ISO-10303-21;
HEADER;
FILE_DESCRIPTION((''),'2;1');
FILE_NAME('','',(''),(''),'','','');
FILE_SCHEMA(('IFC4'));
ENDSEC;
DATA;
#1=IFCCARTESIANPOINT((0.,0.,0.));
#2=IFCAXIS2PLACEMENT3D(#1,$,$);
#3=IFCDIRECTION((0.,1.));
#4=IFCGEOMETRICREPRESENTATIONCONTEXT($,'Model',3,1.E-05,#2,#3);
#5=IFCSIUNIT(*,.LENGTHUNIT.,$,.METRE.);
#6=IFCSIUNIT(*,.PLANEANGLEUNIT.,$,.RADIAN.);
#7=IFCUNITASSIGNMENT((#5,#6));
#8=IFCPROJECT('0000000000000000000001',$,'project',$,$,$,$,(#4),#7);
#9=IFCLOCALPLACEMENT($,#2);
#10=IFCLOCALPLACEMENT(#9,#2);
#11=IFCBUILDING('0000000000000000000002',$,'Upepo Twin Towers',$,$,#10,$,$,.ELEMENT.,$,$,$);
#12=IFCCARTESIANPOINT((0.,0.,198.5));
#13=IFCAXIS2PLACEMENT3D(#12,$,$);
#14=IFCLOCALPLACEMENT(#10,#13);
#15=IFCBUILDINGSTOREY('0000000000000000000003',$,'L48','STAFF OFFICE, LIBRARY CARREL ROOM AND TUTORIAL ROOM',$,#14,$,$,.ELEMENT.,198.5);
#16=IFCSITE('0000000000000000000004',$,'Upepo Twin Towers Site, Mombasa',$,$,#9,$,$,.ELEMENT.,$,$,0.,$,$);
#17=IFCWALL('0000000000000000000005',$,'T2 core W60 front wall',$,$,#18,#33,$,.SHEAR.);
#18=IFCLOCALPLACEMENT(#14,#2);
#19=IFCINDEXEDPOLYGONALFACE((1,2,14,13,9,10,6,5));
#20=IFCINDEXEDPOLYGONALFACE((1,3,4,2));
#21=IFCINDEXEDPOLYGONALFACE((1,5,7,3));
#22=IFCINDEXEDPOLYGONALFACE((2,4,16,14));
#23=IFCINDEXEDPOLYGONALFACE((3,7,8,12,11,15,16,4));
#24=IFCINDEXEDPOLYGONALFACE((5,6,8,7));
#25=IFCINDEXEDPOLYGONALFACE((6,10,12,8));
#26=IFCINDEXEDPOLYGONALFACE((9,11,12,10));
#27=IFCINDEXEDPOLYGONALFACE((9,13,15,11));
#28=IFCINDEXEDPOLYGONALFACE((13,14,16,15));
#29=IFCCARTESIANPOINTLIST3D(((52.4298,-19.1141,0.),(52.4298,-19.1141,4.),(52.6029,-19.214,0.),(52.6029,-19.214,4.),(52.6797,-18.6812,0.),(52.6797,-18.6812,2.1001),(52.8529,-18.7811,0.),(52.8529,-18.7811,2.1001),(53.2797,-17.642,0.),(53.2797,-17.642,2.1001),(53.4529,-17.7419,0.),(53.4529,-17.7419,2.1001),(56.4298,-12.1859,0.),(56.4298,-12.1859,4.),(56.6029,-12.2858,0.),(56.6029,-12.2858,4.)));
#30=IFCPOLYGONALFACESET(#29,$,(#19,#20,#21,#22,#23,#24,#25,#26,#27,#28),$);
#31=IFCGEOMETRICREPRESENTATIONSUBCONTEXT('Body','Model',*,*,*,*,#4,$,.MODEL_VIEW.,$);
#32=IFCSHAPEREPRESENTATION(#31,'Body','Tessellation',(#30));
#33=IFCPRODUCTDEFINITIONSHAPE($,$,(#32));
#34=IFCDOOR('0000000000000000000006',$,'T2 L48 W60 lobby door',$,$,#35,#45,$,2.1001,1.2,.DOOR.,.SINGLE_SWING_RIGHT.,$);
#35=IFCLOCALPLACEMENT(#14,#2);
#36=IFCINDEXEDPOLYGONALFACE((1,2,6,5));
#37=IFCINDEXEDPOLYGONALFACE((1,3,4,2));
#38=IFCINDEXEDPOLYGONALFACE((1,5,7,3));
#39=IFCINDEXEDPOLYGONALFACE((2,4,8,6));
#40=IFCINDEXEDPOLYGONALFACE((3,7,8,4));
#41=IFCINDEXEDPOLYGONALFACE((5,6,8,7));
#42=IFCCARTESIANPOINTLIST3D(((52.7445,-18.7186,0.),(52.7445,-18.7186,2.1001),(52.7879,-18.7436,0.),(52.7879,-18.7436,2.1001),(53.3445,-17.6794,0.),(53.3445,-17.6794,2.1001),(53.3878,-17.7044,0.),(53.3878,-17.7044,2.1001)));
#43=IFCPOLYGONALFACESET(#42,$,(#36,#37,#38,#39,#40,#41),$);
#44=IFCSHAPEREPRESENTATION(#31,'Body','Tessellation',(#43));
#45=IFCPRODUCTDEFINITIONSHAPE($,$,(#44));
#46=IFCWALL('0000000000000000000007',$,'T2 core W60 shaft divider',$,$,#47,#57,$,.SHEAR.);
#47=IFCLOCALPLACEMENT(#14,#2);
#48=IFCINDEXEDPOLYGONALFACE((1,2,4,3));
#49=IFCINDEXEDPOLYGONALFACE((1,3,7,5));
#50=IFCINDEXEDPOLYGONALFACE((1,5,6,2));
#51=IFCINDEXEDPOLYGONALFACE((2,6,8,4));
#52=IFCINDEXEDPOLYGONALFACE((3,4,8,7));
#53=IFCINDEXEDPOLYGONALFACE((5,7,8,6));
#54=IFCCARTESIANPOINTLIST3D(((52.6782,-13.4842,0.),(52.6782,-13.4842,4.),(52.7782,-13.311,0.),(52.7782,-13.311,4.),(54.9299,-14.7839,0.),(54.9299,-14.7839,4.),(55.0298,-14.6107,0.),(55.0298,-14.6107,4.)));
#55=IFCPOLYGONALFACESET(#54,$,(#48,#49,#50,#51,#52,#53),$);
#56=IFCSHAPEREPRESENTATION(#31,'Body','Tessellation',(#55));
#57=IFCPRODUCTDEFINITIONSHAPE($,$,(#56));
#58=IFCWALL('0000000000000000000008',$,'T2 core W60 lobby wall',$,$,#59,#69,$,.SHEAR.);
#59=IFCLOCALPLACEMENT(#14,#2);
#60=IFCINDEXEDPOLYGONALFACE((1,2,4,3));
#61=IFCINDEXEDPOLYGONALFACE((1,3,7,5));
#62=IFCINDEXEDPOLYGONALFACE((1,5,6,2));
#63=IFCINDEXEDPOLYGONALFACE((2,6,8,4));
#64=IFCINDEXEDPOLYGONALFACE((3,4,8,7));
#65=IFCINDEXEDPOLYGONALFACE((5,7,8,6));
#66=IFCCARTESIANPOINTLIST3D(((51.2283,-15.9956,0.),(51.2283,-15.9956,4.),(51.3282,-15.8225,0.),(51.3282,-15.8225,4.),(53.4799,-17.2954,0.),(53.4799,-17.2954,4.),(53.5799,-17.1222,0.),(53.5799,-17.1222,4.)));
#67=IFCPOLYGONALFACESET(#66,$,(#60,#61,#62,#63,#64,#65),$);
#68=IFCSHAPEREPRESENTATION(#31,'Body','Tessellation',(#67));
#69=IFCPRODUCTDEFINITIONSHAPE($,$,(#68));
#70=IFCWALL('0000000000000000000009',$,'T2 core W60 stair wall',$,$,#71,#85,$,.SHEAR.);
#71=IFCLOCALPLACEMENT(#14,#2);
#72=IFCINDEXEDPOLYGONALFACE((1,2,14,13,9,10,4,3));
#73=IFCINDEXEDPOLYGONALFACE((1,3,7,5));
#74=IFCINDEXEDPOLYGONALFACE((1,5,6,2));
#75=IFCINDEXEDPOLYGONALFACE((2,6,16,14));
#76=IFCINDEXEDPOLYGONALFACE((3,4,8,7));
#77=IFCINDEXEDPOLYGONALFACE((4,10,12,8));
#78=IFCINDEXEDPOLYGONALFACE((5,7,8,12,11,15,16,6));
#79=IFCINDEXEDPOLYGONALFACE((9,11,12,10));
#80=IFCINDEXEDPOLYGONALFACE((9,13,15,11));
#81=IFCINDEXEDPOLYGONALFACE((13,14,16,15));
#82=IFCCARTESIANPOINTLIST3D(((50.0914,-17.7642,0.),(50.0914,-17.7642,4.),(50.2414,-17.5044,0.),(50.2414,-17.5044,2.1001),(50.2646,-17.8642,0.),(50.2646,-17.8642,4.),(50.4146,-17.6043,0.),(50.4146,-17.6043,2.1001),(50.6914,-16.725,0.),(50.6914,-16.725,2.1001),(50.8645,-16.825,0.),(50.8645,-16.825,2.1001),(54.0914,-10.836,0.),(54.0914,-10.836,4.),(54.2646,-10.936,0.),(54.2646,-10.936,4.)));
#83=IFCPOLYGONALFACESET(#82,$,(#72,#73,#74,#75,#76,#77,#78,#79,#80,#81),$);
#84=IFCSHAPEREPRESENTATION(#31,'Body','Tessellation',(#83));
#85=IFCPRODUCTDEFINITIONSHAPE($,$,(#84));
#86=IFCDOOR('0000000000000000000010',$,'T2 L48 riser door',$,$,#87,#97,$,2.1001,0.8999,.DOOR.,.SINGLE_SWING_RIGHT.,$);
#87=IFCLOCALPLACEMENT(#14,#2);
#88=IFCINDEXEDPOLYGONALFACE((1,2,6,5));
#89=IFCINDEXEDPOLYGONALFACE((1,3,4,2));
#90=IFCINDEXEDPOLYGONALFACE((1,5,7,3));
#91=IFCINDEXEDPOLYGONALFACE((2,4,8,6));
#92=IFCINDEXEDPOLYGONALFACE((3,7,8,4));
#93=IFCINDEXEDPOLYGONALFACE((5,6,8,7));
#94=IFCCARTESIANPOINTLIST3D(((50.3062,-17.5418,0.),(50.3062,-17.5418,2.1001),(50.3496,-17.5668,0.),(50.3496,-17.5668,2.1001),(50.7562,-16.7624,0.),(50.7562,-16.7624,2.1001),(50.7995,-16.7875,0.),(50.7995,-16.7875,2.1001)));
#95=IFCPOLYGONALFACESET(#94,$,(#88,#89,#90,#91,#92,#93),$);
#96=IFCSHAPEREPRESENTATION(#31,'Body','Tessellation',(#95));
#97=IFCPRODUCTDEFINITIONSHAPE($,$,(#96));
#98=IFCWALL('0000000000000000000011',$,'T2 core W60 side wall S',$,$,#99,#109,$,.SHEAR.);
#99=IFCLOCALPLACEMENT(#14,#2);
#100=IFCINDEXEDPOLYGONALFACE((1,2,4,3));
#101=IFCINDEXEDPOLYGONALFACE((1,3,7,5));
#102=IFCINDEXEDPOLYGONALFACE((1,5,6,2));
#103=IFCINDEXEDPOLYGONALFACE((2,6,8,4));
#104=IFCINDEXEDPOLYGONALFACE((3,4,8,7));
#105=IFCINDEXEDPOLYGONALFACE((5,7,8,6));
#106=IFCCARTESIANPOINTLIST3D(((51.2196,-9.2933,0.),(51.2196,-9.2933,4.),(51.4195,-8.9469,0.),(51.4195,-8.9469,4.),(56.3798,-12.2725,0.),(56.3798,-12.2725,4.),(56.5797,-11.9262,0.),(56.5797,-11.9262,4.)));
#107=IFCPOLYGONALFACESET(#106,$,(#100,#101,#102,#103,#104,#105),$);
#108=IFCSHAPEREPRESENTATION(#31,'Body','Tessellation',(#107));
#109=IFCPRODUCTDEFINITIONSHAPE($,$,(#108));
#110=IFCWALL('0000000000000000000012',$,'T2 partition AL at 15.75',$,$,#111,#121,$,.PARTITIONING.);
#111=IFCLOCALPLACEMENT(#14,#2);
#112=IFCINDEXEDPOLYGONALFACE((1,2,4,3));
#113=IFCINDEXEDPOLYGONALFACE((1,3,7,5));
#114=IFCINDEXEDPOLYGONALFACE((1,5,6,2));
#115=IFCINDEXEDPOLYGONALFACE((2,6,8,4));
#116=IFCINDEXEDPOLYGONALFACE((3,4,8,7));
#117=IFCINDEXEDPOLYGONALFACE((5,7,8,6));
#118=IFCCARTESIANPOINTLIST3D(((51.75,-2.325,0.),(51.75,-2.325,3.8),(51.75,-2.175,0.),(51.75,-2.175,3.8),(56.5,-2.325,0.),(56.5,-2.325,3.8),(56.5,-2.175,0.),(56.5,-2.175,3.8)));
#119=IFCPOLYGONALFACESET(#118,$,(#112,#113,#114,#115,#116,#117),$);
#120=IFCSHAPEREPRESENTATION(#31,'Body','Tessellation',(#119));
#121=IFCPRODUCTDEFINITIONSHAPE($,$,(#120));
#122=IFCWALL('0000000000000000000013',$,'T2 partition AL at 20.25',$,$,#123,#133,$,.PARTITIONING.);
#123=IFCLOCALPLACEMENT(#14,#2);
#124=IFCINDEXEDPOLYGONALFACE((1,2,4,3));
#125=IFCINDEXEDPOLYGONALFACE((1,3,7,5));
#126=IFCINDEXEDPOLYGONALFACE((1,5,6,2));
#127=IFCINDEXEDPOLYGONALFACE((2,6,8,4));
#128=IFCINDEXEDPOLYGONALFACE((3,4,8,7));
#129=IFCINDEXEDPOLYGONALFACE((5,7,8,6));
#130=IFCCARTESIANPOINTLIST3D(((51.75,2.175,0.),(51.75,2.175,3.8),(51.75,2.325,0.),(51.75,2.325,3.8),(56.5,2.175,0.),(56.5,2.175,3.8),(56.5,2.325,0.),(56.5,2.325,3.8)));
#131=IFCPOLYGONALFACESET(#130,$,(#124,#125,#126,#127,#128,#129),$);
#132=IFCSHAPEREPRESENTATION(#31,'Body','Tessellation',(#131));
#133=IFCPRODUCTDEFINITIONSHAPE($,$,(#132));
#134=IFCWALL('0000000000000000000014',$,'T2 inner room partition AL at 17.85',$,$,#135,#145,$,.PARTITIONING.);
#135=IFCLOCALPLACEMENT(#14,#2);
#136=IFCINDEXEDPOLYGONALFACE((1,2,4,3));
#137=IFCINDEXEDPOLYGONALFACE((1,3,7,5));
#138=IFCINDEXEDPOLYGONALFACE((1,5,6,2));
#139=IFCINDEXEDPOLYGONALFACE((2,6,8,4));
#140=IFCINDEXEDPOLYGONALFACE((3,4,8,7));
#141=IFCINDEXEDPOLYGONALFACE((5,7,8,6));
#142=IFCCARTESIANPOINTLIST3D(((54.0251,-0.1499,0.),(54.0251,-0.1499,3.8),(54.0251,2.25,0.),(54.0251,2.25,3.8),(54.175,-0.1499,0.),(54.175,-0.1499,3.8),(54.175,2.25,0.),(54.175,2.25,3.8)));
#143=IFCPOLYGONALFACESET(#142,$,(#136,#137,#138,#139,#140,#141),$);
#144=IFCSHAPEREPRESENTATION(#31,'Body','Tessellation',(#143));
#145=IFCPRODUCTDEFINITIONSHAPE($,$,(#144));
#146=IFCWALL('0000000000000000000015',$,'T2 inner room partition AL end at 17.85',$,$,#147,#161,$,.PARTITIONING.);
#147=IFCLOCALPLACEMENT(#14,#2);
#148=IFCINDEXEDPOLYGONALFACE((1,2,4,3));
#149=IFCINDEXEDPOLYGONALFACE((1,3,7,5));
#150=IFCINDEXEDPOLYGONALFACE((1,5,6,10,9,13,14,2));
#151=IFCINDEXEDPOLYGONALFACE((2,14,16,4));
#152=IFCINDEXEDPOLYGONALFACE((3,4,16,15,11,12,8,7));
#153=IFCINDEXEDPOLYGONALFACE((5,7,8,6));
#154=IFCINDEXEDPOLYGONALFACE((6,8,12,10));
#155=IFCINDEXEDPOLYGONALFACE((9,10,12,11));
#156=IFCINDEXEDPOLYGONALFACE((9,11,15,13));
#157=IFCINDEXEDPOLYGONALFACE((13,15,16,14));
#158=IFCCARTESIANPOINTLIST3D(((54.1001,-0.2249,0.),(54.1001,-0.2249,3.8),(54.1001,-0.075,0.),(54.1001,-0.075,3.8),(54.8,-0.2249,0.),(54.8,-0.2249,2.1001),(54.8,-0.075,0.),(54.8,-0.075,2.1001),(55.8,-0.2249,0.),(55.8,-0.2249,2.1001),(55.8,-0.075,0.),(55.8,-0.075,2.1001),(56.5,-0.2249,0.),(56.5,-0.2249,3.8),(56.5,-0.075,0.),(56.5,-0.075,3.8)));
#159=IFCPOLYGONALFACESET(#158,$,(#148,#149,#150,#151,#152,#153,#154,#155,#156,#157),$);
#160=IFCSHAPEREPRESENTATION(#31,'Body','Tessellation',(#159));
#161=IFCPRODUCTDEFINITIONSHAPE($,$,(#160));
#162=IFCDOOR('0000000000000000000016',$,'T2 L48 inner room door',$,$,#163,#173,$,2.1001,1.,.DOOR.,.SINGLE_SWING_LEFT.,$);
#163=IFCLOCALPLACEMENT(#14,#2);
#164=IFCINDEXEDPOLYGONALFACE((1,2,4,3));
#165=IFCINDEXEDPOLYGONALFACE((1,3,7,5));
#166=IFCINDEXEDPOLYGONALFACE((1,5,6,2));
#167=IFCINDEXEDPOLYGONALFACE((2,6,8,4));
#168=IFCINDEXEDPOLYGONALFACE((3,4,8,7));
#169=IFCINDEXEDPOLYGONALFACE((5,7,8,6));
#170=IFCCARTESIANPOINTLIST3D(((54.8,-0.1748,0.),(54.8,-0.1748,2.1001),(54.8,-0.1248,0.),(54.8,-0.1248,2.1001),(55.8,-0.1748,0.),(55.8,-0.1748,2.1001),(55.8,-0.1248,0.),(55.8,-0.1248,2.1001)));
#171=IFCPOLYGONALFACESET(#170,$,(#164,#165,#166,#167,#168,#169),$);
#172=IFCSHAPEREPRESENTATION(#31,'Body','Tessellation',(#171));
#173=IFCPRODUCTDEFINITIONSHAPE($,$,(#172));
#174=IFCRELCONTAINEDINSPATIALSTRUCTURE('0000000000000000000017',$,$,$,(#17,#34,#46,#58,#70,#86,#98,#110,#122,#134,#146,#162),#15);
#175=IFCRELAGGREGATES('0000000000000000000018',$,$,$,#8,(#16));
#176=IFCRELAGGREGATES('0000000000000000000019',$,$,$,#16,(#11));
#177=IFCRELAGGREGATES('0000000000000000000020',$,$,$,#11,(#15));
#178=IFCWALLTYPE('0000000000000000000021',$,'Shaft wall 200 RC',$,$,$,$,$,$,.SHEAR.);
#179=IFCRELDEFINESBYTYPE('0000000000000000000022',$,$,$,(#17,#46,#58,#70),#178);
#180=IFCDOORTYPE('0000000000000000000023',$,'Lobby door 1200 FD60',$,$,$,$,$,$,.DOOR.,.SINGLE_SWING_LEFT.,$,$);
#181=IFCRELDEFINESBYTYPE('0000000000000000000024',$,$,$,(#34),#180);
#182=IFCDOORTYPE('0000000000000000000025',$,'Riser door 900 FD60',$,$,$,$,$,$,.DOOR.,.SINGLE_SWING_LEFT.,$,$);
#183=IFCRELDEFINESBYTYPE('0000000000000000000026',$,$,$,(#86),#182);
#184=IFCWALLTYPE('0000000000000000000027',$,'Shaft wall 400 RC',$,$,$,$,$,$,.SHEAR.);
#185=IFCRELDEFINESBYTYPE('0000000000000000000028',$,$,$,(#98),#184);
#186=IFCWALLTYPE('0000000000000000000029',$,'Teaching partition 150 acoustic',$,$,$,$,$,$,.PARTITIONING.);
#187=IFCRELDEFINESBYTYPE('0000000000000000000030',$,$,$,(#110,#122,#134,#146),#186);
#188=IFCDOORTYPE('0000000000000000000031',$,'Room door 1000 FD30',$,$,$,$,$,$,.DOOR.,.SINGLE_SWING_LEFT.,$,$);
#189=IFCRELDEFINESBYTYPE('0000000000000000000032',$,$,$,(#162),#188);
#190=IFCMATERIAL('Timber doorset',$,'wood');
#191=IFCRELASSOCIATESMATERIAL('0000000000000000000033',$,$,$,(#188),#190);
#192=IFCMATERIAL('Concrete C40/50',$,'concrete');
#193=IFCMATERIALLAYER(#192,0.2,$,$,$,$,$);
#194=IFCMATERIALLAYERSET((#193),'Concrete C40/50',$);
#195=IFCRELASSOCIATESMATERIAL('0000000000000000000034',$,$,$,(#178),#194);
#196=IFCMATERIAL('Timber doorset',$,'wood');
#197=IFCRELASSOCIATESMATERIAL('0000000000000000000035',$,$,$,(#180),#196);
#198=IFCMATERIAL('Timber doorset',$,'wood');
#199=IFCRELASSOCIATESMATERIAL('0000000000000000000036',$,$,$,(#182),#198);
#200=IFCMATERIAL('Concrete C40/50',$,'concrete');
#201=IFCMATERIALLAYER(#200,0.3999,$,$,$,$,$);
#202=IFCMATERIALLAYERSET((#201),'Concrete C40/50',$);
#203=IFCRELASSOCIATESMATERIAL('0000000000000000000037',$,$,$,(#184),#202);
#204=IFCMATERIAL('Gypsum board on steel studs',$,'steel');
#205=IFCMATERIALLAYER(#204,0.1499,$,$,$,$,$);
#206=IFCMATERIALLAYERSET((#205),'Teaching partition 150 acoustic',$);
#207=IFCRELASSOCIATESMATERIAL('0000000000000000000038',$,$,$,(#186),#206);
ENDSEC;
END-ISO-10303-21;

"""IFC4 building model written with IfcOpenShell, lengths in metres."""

from ifc_helpers import new_model, si_unit, direction, frame, frame_2d, origin, place, context, subcontext, project, spatial, rectangle, extrude, material, layer, layer_set, type_object, element, fill, save


model = new_model("IFC4")

# Units and contexts
model_context = context("Model", 3, precision=1e-05, world=origin(), true_north=direction((0.0, 1.0)))
body_context = subcontext(model_context, "Body", "Model", "MODEL_VIEW")
ifc_project = project(units=[si_unit("LENGTHUNIT", "METRE"), si_unit("PLANEANGLEUNIT", "RADIAN")], contexts=[model_context])

# Site, building, storey
site_placement = place(None, origin())
site = spatial("IfcSite", under=ifc_project, at=site_placement, Name="Upepo Twin Towers Site, Mombasa", CompositionType="ELEMENT", RefElevation=0.0)
building_placement = place(site_placement, origin())
building = spatial("IfcBuilding", under=site, at=building_placement, Name="Upepo Twin Towers", CompositionType="ELEMENT")
storey_placement = place(building_placement, frame((0.0, 0.0, 198.5)))
storey = spatial("IfcBuildingStorey", under=building, at=storey_placement, Name="L48", Description="STAFF OFFICE, LIBRARY CARREL ROOM AND TUTORIAL ROOM", CompositionType="ELEMENT", Elevation=198.5)

# Shared definitions
ifc_material_1 = material(Name="Timber doorset", Category="wood")
door_type_1 = type_object("IfcDoorType", Name="Room door 1000 FD30", OperationType="SINGLE_SWING_LEFT", PredefinedType="DOOR", material=ifc_material_1)

# Wall, opening, door
ifc_material_2 = material(Name="Concrete C40/50", Category="concrete")
ifc_layer_1 = layer(ifc_material_2, 0.2)
ifc_layer_set_1 = layer_set([ifc_layer_1], Name="Concrete C40/50")
wall_type_1 = type_object("IfcWallType", Name="Shaft wall 200 RC", PredefinedType="SHEAR", material=ifc_layer_set_1)
wall_1_placement = place(storey_placement, frame((56.5164, -12.2358, 0.0), z_axis=(0.0, 0.0, 1.0), x_axis=(-0.499999, -0.866026, 0.0)))
wall_1 = element("IfcWall", 1, at=wall_1_placement, inside=storey, type_object=wall_type_1, Name="T2 core W60 front wall", PredefinedType="SHEAR", context=body_context, shape_type="SweptSolid", body=[
    extrude(rectangle(XDim=8.0, YDim=0.2, at=frame_2d((4.0, 0.0))), origin(), (0.0, 0.0, 1.0), 4.0),
])
opening_1_placement = place(wall_1_placement, frame((6.3, 0.0, 0.0)))
opening_1 = element("IfcOpeningElement", 2, at=opening_1_placement, cuts=wall_1, PredefinedType="OPENING", context=body_context, shape_type="SweptSolid", body=[
    extrude(rectangle(XDim=1.2, YDim=2.1001, at=frame_2d((0.6001, 1.05))), frame((0.0, 0.1099, 0.0), z_axis=(0.0, -1.0, 0.0), x_axis=(1.0, 0.0, 0.0)), (0.0, 0.0, 1.0), 0.22),
])
ifc_material_3 = material(Name="Timber doorset", Category="wood")
door_type_2 = type_object("IfcDoorType", Name="Lobby door 1200 FD60", OperationType="SINGLE_SWING_LEFT", PredefinedType="DOOR", material=ifc_material_3)
door_1_placement = place(opening_1_placement, origin())
door_1 = element("IfcDoor", 3, at=door_1_placement, inside=storey, type_object=door_type_2, Name="T2 L48 W60 lobby door", OperationType="SINGLE_SWING_RIGHT", OverallHeight=2.1001, OverallWidth=1.2, PredefinedType="DOOR", context=body_context, shape_type="SweptSolid", body=[
    extrude(rectangle(XDim=1.2, YDim=2.1001, at=frame_2d((0.6001, 1.05))), frame((0.0, 0.0249, 0.0), z_axis=(0.0, -1.0, 0.0), x_axis=(1.0, 0.0, 0.0)), (0.0, 0.0, 1.0), 0.05),
])
fill(opening_1, door_1)

# Walls
for number, where, z_axis, x_axis, name in (
    (4, (54.9797, -14.6973, 0.0), (0.0, 0.0, 1.0), (-0.866062, 0.499937, 0.0), "T2 core W60 shaft divider"),
    (5, (53.5298, -17.2087, 0.0), (0.0, 0.0, 1.0), (-0.866062, 0.499937, 0.0), "T2 core W60 lobby wall"),
):
    element("IfcWall", number, at=place(storey_placement, frame(where, z_axis=z_axis, x_axis=x_axis)), inside=storey, type_object=wall_type_1, Name=name, PredefinedType="SHEAR", context=body_context, shape_type="SweptSolid", body=[
        extrude(rectangle(XDim=2.5999, YDim=0.2, at=frame_2d((1.2998, 0.0))), origin(), (0.0, 0.0, 1.0), 4.0),
    ])

# Wall, opening, door
wall_2_placement = place(storey_placement, frame((54.178, -10.886, 0.0), z_axis=(0.0, 0.0, 1.0), x_axis=(-0.499999, -0.866026, 0.0)))
wall_2 = element("IfcWall", 6, at=wall_2_placement, inside=storey, type_object=wall_type_1, Name="T2 core W60 stair wall", PredefinedType="SHEAR", context=body_context, shape_type="SweptSolid", body=[
    extrude(rectangle(XDim=8.0, YDim=0.2, at=frame_2d((4.0, 0.0))), origin(), (0.0, 0.0, 1.0), 4.0),
])
opening_2_placement = place(wall_2_placement, frame((6.8, 0.0, 0.0)))
opening_2 = element("IfcOpeningElement", 7, at=opening_2_placement, cuts=wall_2, PredefinedType="OPENING", context=body_context, shape_type="SweptSolid", body=[
    extrude(rectangle(XDim=0.8999, YDim=2.1001, at=frame_2d((0.45, 1.05))), frame((0.0, 0.1099, 0.0), z_axis=(0.0, -1.0, 0.0), x_axis=(1.0, 0.0, 0.0)), (0.0, 0.0, 1.0), 0.22),
])
ifc_material_4 = material(Name="Timber doorset", Category="wood")
door_type_3 = type_object("IfcDoorType", Name="Riser door 900 FD60", OperationType="SINGLE_SWING_LEFT", PredefinedType="DOOR", material=ifc_material_4)
door_2_placement = place(opening_2_placement, origin())
door_2 = element("IfcDoor", 8, at=door_2_placement, inside=storey, type_object=door_type_3, Name="T2 L48 riser door", OperationType="SINGLE_SWING_RIGHT", OverallHeight=2.1001, OverallWidth=0.8999, PredefinedType="DOOR", context=body_context, shape_type="SweptSolid", body=[
    extrude(rectangle(XDim=0.8999, YDim=2.1001, at=frame_2d((0.45, 1.05))), frame((0.0, 0.0249, 0.0), z_axis=(0.0, -1.0, 0.0), x_axis=(1.0, 0.0, 0.0)), (0.0, 0.0, 1.0), 0.05),
])
fill(opening_2, door_2)

# Walls
ifc_material_5 = material(Name="Concrete C40/50", Category="concrete")
ifc_layer_2 = layer(ifc_material_5, 0.3999)
ifc_layer_set_2 = layer_set([ifc_layer_2], Name="Concrete C40/50")
wall_type_2 = type_object("IfcWallType", Name="Shaft wall 400 RC", PredefinedType="SHEAR", material=ifc_layer_set_2)
wall_3_placement = place(storey_placement, frame((56.4797, -12.0994, 0.0), z_axis=(0.0, 0.0, 1.0), x_axis=(-0.866023, 0.500004, 0.0)))
element("IfcWall", 9, at=wall_3_placement, inside=storey, type_object=wall_type_2, Name="T2 core W60 side wall S", PredefinedType="SHEAR", context=body_context, shape_type="SweptSolid", body=[
    extrude(rectangle(XDim=5.9585, YDim=0.3999, at=frame_2d((2.9792, 0.0))), origin(), (0.0, 0.0, 1.0), 4.0),
])
ifc_material_6 = material(Name="Gypsum board on steel studs", Category="steel")
ifc_layer_3 = layer(ifc_material_6, 0.1499)
ifc_layer_set_3 = layer_set([ifc_layer_3], Name="Teaching partition 150 acoustic")
wall_type_3 = type_object("IfcWallType", Name="Teaching partition 150 acoustic", PredefinedType="PARTITIONING", material=ifc_layer_set_3)
for number, where, z_axis, x_axis, name in (
    (10, (56.5, -2.25, 0.0), (0.0, 0.0, 1.0), (-1.0, 0.0, 0.0), "T2 partition AL at 15.75"),
    (11, (56.5, 2.25, 0.0), (0.0, 0.0, 1.0), (-1.0, 0.0, 0.0), "T2 partition AL at 20.25"),
):
    element("IfcWall", number, at=place(storey_placement, frame(where, z_axis=z_axis, x_axis=x_axis)), inside=storey, type_object=wall_type_3, Name=name, PredefinedType="PARTITIONING", context=body_context, shape_type="SweptSolid", body=[
        extrude(rectangle(XDim=4.75, YDim=0.1499, at=frame_2d((2.375, 0.0))), origin(), (0.0, 0.0, 1.0), 3.8),
    ])
wall_4_placement = place(storey_placement, frame((54.1001, -0.1499, 0.0), z_axis=(0.0, 0.0, 1.0), x_axis=(0.0, 1.0, 0.0)))
element("IfcWall", 12, at=wall_4_placement, inside=storey, type_object=wall_type_3, Name="T2 inner room partition AL at 17.85", PredefinedType="PARTITIONING", context=body_context, shape_type="SweptSolid", body=[
    extrude(rectangle(XDim=2.3999, YDim=0.1499, at=frame_2d((1.2, 0.0))), origin(), (0.0, 0.0, 1.0), 3.8),
])

# Wall, opening, door
wall_5_placement = place(storey_placement, frame((56.5, -0.1499, 0.0), z_axis=(0.0, 0.0, 1.0), x_axis=(-1.0, 0.0, 0.0)))
wall_5 = element("IfcWall", 13, at=wall_5_placement, inside=storey, type_object=wall_type_3, Name="T2 inner room partition AL end at 17.85", PredefinedType="PARTITIONING", context=body_context, shape_type="SweptSolid", body=[
    extrude(rectangle(XDim=2.3999, YDim=0.1499, at=frame_2d((1.2, 0.0))), origin(), (0.0, 0.0, 1.0), 3.8),
])
opening_3_placement = place(wall_5_placement, frame((0.7, 0.0, 0.0)))
opening_3 = element("IfcOpeningElement", 14, at=opening_3_placement, cuts=wall_5, PredefinedType="OPENING", context=body_context, shape_type="SweptSolid", body=[
    extrude(rectangle(XDim=1.0, YDim=2.1001, at=frame_2d((0.5, 1.05))), frame((0.0, 0.085, 0.0), z_axis=(0.0, -1.0, 0.0), x_axis=(1.0, 0.0, 0.0)), (0.0, 0.0, 1.0), 0.1699),
])
door_3_placement = place(opening_3_placement, origin())
door_3 = element("IfcDoor", 15, at=door_3_placement, inside=storey, type_object=door_type_1, Name="T2 L48 inner room door", OperationType="SINGLE_SWING_LEFT", OverallHeight=2.1001, OverallWidth=1.0, PredefinedType="DOOR", context=body_context, shape_type="SweptSolid", body=[
    extrude(rectangle(XDim=1.0, YDim=2.1001, at=frame_2d((0.5, 1.05))), frame((0.0, 0.0249, 0.0), z_axis=(0.0, -1.0, 0.0), x_axis=(1.0, 0.0, 0.0)), (0.0, 0.0, 1.0), 0.05),
])
fill(opening_3, door_3)

save(model, "model.ifc")
